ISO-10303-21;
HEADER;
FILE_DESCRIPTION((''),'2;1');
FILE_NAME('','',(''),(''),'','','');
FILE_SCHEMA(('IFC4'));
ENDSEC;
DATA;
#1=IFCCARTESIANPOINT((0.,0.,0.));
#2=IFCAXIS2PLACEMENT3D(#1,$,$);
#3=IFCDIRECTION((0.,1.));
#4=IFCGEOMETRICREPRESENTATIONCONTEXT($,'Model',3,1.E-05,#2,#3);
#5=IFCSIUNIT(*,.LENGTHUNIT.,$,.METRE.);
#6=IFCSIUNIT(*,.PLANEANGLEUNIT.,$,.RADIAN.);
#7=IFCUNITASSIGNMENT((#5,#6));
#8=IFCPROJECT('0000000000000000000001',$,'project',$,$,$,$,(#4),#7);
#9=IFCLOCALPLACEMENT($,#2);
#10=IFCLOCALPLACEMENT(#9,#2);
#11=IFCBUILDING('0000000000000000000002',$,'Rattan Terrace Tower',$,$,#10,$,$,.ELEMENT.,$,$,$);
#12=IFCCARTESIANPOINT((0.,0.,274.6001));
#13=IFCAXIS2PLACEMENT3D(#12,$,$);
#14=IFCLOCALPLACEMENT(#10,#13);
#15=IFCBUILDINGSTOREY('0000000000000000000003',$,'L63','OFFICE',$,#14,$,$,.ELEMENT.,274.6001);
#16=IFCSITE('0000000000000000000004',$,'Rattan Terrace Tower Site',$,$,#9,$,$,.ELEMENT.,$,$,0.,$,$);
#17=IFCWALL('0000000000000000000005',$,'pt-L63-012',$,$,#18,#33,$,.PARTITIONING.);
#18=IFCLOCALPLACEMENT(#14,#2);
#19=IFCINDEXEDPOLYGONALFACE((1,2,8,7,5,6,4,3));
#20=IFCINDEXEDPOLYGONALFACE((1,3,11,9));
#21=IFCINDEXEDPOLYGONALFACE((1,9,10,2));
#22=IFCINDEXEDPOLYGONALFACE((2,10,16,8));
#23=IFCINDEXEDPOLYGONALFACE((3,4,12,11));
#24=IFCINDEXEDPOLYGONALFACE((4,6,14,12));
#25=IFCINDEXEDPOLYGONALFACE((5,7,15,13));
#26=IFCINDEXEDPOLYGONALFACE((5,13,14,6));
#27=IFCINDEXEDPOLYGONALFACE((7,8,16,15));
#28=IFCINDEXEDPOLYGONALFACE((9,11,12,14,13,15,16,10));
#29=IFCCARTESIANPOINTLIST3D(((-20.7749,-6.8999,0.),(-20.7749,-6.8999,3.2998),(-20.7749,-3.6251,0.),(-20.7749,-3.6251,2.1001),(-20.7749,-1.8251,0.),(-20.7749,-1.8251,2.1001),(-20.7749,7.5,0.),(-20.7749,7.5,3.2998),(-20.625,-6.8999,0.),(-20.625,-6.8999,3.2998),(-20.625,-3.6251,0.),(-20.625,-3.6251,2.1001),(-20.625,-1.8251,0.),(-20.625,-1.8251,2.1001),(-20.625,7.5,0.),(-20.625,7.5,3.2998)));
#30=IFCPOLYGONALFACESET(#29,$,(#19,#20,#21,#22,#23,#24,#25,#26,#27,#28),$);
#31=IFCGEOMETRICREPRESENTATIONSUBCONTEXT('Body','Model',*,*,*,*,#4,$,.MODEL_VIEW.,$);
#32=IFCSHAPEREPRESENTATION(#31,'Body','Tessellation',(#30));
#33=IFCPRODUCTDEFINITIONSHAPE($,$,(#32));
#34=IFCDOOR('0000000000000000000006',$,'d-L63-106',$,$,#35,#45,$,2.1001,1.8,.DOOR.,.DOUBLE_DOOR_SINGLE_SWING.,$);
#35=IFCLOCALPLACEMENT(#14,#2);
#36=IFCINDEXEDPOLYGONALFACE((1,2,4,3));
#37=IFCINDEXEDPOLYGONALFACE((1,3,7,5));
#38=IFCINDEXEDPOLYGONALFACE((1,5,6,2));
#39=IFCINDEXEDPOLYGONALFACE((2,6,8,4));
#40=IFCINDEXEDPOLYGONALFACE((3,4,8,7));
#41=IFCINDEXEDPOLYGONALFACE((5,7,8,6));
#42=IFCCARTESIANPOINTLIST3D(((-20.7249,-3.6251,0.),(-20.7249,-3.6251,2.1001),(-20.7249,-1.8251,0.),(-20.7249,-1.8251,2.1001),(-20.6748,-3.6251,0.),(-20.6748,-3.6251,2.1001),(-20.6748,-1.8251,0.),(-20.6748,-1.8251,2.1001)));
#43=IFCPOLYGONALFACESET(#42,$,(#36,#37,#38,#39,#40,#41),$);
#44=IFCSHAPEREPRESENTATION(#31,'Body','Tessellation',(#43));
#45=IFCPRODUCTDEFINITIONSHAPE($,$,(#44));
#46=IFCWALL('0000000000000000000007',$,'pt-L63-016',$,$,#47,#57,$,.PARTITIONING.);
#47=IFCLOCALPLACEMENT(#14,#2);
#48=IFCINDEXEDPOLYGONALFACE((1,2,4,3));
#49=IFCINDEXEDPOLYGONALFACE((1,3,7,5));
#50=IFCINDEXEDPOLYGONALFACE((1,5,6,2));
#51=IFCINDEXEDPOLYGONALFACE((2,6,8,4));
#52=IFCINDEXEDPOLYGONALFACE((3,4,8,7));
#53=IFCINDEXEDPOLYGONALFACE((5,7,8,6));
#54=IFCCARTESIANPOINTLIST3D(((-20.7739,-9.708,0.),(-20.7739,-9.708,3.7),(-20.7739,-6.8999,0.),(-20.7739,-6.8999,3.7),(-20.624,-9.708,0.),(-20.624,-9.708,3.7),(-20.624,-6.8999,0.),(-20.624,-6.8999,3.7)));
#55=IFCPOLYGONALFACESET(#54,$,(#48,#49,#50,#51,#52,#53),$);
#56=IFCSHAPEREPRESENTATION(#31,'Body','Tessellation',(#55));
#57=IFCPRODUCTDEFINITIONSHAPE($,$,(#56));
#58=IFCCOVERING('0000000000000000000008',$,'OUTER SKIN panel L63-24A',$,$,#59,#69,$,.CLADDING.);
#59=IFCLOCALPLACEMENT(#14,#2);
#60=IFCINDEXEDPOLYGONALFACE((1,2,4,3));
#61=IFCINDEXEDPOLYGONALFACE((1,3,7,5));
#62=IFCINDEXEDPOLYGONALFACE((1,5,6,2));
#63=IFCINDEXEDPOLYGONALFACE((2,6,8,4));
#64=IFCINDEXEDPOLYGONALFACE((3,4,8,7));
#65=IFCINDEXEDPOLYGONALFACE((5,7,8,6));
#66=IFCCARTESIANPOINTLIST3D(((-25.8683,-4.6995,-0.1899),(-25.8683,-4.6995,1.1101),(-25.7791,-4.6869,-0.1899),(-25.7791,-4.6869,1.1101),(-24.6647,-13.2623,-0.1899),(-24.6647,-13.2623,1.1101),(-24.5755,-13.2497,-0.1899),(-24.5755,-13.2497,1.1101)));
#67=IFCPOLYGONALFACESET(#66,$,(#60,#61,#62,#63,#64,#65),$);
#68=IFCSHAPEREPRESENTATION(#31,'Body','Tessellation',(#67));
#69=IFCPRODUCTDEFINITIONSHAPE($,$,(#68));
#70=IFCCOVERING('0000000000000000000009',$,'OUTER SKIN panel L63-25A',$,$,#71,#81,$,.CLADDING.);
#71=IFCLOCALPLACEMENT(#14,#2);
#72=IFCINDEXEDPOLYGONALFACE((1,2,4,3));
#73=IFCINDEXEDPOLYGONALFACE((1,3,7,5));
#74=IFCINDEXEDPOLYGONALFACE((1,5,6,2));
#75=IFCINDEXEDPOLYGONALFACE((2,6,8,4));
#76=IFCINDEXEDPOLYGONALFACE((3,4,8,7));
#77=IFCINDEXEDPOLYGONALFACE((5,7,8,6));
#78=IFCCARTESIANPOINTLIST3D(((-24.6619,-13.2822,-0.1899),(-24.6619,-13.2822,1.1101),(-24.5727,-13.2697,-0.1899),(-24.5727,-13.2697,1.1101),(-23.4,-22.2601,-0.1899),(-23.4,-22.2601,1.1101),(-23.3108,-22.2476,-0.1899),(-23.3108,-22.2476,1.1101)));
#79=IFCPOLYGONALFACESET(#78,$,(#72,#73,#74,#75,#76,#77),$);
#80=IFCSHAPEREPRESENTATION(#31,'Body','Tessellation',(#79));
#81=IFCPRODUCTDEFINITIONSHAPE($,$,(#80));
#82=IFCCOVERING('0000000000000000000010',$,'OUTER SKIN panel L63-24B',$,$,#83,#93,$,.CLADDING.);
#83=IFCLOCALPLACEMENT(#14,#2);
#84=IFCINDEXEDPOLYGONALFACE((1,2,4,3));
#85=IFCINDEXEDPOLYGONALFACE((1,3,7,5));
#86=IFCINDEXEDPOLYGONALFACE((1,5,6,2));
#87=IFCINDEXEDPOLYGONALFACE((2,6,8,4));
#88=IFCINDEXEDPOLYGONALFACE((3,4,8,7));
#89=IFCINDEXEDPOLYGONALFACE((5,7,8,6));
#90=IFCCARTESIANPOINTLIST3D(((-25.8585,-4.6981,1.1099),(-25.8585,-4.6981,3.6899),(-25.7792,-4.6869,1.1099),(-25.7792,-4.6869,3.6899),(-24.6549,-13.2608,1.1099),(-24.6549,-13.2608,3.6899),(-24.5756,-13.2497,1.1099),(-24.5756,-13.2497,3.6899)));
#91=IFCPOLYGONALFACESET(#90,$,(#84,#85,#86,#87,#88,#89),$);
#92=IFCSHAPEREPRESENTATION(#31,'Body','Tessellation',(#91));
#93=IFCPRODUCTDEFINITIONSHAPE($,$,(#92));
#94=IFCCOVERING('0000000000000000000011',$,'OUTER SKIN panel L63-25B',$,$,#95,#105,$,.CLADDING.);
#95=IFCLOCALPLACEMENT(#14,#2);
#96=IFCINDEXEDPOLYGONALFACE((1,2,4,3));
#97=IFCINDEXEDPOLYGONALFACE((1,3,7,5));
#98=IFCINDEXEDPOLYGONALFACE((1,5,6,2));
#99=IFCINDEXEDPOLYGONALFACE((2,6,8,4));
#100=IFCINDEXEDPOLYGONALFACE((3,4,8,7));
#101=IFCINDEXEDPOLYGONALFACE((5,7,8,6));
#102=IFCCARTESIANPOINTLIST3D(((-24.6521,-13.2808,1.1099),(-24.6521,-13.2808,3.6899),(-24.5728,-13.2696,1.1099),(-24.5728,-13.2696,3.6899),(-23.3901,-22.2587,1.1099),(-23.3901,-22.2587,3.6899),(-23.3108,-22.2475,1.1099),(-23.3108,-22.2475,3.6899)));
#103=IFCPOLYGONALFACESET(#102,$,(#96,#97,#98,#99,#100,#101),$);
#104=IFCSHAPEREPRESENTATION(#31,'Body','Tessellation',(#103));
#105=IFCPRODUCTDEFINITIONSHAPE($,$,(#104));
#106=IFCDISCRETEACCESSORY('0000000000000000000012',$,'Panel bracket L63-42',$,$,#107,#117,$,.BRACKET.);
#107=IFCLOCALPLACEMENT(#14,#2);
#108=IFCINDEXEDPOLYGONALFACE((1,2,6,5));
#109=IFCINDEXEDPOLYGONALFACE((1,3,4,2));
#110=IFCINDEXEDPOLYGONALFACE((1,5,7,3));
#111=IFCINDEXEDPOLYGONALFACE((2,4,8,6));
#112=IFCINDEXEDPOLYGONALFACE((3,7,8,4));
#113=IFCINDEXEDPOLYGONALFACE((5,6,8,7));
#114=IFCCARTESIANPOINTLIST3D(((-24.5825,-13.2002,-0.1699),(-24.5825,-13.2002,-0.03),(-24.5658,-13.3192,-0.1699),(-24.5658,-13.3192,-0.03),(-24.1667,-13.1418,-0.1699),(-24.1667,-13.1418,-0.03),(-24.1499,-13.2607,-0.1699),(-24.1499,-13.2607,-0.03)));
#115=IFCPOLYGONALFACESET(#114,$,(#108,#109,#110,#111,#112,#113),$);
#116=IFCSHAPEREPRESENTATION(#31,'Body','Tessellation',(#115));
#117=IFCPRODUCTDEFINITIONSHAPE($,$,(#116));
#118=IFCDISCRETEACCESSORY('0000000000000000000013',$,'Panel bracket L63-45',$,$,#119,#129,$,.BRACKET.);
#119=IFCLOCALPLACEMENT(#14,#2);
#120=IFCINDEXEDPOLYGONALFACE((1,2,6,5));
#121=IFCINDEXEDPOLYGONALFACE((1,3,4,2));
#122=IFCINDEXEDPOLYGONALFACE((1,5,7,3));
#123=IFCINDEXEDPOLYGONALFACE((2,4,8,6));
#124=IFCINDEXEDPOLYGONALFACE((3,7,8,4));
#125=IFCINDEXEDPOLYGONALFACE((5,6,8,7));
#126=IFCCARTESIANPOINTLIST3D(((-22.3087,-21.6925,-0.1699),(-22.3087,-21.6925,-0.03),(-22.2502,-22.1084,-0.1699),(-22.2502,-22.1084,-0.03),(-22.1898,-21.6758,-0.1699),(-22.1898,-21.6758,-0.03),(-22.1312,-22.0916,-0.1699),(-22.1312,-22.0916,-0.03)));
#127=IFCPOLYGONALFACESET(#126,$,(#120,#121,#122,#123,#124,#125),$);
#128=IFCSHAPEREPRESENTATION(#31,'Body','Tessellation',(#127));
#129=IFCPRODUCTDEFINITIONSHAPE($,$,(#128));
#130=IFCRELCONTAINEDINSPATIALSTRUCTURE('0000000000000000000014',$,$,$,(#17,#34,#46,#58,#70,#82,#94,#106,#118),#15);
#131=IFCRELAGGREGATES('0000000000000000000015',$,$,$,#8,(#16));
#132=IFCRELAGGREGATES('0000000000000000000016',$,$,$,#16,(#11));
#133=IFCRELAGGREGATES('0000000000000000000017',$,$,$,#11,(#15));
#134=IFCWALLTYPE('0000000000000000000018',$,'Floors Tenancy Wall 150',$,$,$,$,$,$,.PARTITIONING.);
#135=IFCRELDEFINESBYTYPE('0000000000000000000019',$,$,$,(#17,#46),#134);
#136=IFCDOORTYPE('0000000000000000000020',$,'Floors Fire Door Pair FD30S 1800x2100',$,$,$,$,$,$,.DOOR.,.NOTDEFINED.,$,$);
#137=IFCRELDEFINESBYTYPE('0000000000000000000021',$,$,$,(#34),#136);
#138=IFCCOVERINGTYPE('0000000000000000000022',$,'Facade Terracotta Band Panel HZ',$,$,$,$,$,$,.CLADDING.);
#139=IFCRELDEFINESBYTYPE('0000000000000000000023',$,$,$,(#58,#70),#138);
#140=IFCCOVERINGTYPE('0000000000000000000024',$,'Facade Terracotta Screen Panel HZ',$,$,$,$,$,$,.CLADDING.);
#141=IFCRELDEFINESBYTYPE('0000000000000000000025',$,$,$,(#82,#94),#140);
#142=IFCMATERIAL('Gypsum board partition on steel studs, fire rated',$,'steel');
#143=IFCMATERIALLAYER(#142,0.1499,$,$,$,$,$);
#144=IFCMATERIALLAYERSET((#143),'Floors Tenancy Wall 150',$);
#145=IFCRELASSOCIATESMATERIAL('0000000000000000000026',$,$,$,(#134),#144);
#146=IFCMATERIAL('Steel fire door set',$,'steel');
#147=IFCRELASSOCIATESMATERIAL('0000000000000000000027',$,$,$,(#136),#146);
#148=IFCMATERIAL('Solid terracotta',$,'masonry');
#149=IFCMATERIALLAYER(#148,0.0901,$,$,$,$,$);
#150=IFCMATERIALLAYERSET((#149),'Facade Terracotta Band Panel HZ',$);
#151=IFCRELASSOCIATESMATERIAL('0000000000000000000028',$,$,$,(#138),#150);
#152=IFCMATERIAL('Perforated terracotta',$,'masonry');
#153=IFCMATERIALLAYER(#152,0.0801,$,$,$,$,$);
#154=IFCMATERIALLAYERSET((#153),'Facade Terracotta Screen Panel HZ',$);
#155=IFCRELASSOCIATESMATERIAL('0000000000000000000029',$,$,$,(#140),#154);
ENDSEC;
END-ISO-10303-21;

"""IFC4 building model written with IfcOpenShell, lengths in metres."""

from ifc_helpers import new_model, si_unit, direction, frame, frame_2d, origin, origin_2d, place, context, subcontext, project, spatial, rectangle, extrude, material, layer, layer_set, type_object, element, fill, save


model = new_model("IFC4")

# Units and contexts
model_context = context("Model", 3, precision=1e-05, world=origin(), true_north=direction((0.0, 1.0)))
body_context = subcontext(model_context, "Body", "Model", "MODEL_VIEW")
ifc_project = project(units=[si_unit("LENGTHUNIT", "METRE"), si_unit("PLANEANGLEUNIT", "RADIAN")], contexts=[model_context])

# Site, building, storey
site_placement = place(None, origin())
site = spatial("IfcSite", under=ifc_project, at=site_placement, Name="Rattan Terrace Tower Site", CompositionType="ELEMENT", RefElevation=0.0)
building_placement = place(site_placement, origin())
building = spatial("IfcBuilding", under=site, at=building_placement, Name="Rattan Terrace Tower", CompositionType="ELEMENT")
storey_placement = place(building_placement, frame((0.0, 0.0, 274.6001)))
storey = spatial("IfcBuildingStorey", under=building, at=storey_placement, Name="L63", Description="OFFICE", CompositionType="ELEMENT", Elevation=274.6001)

# Shared definitions
ifc_material_1 = material(Name="Gypsum board partition on steel studs, fire rated", Category="steel")
ifc_layer_1 = layer(ifc_material_1, 0.1499)
ifc_layer_set_1 = layer_set([ifc_layer_1], Name="Floors Tenancy Wall 150")
wall_type_1 = type_object("IfcWallType", Name="Floors Tenancy Wall 150", PredefinedType="PARTITIONING", material=ifc_layer_set_1)

# Wall, opening, door
wall_1_placement = place(storey_placement, frame((-20.7, -6.8999, 0.0), z_axis=(0.0, 0.0, 1.0), x_axis=(0.0, 1.0, 0.0)))
wall_1 = element("IfcWall", 1, at=wall_1_placement, inside=storey, type_object=wall_type_1, Name="pt-L63-012", PredefinedType="PARTITIONING", context=body_context, shape_type="SweptSolid", body=[
    extrude(rectangle(XDim=14.3999, YDim=0.1499, at=frame_2d((7.2, 0.0))), origin(), (0.0, 0.0, 1.0), 3.2998),
])
opening_1_placement = place(wall_1_placement, frame((3.2749, 0.0, 0.0)))
opening_1 = element("IfcOpeningElement", 2, at=opening_1_placement, cuts=wall_1, PredefinedType="OPENING", context=body_context, shape_type="SweptSolid", body=[
    extrude(rectangle(XDim=1.8, YDim=2.1001, at=frame_2d((0.8999, 1.05))), frame((0.0, 0.0854, 0.0), z_axis=(0.0, -1.0, 0.0), x_axis=(1.0, 0.0, 0.0)), (0.0, 0.0, 1.0), 0.1709),
])
ifc_material_2 = material(Name="Steel fire door set", Category="steel")
door_type_1 = type_object("IfcDoorType", Name="Floors Fire Door Pair FD30S 1800x2100", OperationType="NOTDEFINED", PredefinedType="DOOR", material=ifc_material_2)
door_1_placement = place(opening_1_placement, origin())
door_1 = element("IfcDoor", 3, at=door_1_placement, inside=storey, type_object=door_type_1, Name="d-L63-106", OperationType="DOUBLE_DOOR_SINGLE_SWING", OverallHeight=2.1001, OverallWidth=1.8, PredefinedType="DOOR", context=body_context, shape_type="SweptSolid", body=[
    extrude(rectangle(XDim=1.8, YDim=2.1001, at=frame_2d((0.8999, 1.05))), frame((0.0, 0.0249, 0.0), z_axis=(0.0, -1.0, 0.0), x_axis=(1.0, 0.0, 0.0)), (0.0, 0.0, 1.0), 0.05),
])
fill(opening_1, door_1)

# Wall
wall_2_placement = place(storey_placement, frame((-20.699, -9.708, 0.0), z_axis=(0.0, 0.0, 1.0), x_axis=(0.0, 1.0, 0.0)))
element("IfcWall", 4, at=wall_2_placement, inside=storey, type_object=wall_type_1, Name="pt-L63-016", PredefinedType="PARTITIONING", context=body_context, shape_type="SweptSolid", body=[
    extrude(rectangle(XDim=2.8081, YDim=0.1499, at=frame_2d((1.4041, 0.0))), origin(), (0.0, 0.0, 1.0), 3.7),
])

# Coverings
ifc_material_3 = material(Name="Solid terracotta", Category="masonry")
ifc_layer_2 = layer(ifc_material_3, 0.0901)
ifc_layer_set_2 = layer_set([ifc_layer_2], Name="Facade Terracotta Band Panel HZ")
covering_type_1 = type_object("IfcCoveringType", Name="Facade Terracotta Band Panel HZ", PredefinedType="CLADDING", material=ifc_layer_set_2)
covering_1_placement = place(storey_placement, frame((-25.2219, -8.9746, -0.1899), z_axis=(0.0, 0.0, 1.0), x_axis=(0.139192, -0.990265, 0.0)))
element("IfcCovering", 5, at=covering_1_placement, inside=storey, type_object=covering_type_1, Name="OUTER SKIN panel L63-24A", PredefinedType="CLADDING", context=body_context, shape_type="SweptSolid", body=[
    extrude(rectangle(XDim=8.647, YDim=0.0901, at=origin_2d()), origin(), (0.0, 0.0, 1.0), 1.3),
])
covering_2_placement = place(storey_placement, frame((-23.9863, -17.7649, -0.1899), z_axis=(0.0, 0.0, 1.0), x_axis=(0.139192, -0.990265, 0.0)))
element("IfcCovering", 6, at=covering_2_placement, inside=storey, type_object=covering_type_1, Name="OUTER SKIN panel L63-25A", PredefinedType="CLADDING", context=body_context, shape_type="SweptSolid", body=[
    extrude(rectangle(XDim=9.0662, YDim=0.0901, at=origin_2d()), origin(), (0.0, 0.0, 1.0), 1.3),
])
ifc_material_4 = material(Name="Perforated terracotta", Category="masonry")
ifc_layer_3 = layer(ifc_material_4, 0.0801)
ifc_layer_set_3 = layer_set([ifc_layer_3], Name="Facade Terracotta Screen Panel HZ")
covering_type_2 = type_object("IfcCoveringType", Name="Facade Terracotta Screen Panel HZ", PredefinedType="CLADDING", material=ifc_layer_set_3)
covering_3_placement = place(storey_placement, frame((-25.217, -8.9739, 1.1099), z_axis=(0.0, 0.0, 1.0), x_axis=(0.139192, -0.990265, 0.0)))
element("IfcCovering", 7, at=covering_3_placement, inside=storey, type_object=covering_type_2, Name="OUTER SKIN panel L63-24B", PredefinedType="CLADDING", context=body_context, shape_type="SweptSolid", body=[
    extrude(rectangle(XDim=8.647, YDim=0.0801, at=origin_2d()), origin(), (0.0, 0.0, 1.0), 2.5801),
])
covering_4_placement = place(storey_placement, frame((-23.9814, -17.7642, 1.1099), z_axis=(0.0, 0.0, 1.0), x_axis=(0.139192, -0.990265, 0.0)))
element("IfcCovering", 8, at=covering_4_placement, inside=storey, type_object=covering_type_2, Name="OUTER SKIN panel L63-25B", PredefinedType="CLADDING", context=body_context, shape_type="SweptSolid", body=[
    extrude(rectangle(XDim=9.0662, YDim=0.0801, at=origin_2d()), origin(), (0.0, 0.0, 1.0), 2.5801),
])

# Discrete accessories
for number, where, z_axis, x_axis, name in (
    (9, (-24.3662, -13.2305, -0.1699), (0.0, 0.0, 1.0), (0.139192, -0.990265, 0.0), "Panel bracket L63-42"),
    (10, (-22.22, -21.8921, -0.1699), (0.0, 0.0, 1.0), (0.990241, 0.139367, 0.0), "Panel bracket L63-45"),
):
    element("IfcDiscreteAccessory", number, at=place(storey_placement, frame(where, z_axis=z_axis, x_axis=x_axis)), inside=storey, Name=name, PredefinedType="BRACKET", context=body_context, shape_type="SweptSolid", body=[
        extrude(rectangle(XDim=0.1201, YDim=0.4199, at=origin_2d()), origin(), (0.0, 0.0, 1.0), 0.1399),
    ])

save(model, "model.ifc")
